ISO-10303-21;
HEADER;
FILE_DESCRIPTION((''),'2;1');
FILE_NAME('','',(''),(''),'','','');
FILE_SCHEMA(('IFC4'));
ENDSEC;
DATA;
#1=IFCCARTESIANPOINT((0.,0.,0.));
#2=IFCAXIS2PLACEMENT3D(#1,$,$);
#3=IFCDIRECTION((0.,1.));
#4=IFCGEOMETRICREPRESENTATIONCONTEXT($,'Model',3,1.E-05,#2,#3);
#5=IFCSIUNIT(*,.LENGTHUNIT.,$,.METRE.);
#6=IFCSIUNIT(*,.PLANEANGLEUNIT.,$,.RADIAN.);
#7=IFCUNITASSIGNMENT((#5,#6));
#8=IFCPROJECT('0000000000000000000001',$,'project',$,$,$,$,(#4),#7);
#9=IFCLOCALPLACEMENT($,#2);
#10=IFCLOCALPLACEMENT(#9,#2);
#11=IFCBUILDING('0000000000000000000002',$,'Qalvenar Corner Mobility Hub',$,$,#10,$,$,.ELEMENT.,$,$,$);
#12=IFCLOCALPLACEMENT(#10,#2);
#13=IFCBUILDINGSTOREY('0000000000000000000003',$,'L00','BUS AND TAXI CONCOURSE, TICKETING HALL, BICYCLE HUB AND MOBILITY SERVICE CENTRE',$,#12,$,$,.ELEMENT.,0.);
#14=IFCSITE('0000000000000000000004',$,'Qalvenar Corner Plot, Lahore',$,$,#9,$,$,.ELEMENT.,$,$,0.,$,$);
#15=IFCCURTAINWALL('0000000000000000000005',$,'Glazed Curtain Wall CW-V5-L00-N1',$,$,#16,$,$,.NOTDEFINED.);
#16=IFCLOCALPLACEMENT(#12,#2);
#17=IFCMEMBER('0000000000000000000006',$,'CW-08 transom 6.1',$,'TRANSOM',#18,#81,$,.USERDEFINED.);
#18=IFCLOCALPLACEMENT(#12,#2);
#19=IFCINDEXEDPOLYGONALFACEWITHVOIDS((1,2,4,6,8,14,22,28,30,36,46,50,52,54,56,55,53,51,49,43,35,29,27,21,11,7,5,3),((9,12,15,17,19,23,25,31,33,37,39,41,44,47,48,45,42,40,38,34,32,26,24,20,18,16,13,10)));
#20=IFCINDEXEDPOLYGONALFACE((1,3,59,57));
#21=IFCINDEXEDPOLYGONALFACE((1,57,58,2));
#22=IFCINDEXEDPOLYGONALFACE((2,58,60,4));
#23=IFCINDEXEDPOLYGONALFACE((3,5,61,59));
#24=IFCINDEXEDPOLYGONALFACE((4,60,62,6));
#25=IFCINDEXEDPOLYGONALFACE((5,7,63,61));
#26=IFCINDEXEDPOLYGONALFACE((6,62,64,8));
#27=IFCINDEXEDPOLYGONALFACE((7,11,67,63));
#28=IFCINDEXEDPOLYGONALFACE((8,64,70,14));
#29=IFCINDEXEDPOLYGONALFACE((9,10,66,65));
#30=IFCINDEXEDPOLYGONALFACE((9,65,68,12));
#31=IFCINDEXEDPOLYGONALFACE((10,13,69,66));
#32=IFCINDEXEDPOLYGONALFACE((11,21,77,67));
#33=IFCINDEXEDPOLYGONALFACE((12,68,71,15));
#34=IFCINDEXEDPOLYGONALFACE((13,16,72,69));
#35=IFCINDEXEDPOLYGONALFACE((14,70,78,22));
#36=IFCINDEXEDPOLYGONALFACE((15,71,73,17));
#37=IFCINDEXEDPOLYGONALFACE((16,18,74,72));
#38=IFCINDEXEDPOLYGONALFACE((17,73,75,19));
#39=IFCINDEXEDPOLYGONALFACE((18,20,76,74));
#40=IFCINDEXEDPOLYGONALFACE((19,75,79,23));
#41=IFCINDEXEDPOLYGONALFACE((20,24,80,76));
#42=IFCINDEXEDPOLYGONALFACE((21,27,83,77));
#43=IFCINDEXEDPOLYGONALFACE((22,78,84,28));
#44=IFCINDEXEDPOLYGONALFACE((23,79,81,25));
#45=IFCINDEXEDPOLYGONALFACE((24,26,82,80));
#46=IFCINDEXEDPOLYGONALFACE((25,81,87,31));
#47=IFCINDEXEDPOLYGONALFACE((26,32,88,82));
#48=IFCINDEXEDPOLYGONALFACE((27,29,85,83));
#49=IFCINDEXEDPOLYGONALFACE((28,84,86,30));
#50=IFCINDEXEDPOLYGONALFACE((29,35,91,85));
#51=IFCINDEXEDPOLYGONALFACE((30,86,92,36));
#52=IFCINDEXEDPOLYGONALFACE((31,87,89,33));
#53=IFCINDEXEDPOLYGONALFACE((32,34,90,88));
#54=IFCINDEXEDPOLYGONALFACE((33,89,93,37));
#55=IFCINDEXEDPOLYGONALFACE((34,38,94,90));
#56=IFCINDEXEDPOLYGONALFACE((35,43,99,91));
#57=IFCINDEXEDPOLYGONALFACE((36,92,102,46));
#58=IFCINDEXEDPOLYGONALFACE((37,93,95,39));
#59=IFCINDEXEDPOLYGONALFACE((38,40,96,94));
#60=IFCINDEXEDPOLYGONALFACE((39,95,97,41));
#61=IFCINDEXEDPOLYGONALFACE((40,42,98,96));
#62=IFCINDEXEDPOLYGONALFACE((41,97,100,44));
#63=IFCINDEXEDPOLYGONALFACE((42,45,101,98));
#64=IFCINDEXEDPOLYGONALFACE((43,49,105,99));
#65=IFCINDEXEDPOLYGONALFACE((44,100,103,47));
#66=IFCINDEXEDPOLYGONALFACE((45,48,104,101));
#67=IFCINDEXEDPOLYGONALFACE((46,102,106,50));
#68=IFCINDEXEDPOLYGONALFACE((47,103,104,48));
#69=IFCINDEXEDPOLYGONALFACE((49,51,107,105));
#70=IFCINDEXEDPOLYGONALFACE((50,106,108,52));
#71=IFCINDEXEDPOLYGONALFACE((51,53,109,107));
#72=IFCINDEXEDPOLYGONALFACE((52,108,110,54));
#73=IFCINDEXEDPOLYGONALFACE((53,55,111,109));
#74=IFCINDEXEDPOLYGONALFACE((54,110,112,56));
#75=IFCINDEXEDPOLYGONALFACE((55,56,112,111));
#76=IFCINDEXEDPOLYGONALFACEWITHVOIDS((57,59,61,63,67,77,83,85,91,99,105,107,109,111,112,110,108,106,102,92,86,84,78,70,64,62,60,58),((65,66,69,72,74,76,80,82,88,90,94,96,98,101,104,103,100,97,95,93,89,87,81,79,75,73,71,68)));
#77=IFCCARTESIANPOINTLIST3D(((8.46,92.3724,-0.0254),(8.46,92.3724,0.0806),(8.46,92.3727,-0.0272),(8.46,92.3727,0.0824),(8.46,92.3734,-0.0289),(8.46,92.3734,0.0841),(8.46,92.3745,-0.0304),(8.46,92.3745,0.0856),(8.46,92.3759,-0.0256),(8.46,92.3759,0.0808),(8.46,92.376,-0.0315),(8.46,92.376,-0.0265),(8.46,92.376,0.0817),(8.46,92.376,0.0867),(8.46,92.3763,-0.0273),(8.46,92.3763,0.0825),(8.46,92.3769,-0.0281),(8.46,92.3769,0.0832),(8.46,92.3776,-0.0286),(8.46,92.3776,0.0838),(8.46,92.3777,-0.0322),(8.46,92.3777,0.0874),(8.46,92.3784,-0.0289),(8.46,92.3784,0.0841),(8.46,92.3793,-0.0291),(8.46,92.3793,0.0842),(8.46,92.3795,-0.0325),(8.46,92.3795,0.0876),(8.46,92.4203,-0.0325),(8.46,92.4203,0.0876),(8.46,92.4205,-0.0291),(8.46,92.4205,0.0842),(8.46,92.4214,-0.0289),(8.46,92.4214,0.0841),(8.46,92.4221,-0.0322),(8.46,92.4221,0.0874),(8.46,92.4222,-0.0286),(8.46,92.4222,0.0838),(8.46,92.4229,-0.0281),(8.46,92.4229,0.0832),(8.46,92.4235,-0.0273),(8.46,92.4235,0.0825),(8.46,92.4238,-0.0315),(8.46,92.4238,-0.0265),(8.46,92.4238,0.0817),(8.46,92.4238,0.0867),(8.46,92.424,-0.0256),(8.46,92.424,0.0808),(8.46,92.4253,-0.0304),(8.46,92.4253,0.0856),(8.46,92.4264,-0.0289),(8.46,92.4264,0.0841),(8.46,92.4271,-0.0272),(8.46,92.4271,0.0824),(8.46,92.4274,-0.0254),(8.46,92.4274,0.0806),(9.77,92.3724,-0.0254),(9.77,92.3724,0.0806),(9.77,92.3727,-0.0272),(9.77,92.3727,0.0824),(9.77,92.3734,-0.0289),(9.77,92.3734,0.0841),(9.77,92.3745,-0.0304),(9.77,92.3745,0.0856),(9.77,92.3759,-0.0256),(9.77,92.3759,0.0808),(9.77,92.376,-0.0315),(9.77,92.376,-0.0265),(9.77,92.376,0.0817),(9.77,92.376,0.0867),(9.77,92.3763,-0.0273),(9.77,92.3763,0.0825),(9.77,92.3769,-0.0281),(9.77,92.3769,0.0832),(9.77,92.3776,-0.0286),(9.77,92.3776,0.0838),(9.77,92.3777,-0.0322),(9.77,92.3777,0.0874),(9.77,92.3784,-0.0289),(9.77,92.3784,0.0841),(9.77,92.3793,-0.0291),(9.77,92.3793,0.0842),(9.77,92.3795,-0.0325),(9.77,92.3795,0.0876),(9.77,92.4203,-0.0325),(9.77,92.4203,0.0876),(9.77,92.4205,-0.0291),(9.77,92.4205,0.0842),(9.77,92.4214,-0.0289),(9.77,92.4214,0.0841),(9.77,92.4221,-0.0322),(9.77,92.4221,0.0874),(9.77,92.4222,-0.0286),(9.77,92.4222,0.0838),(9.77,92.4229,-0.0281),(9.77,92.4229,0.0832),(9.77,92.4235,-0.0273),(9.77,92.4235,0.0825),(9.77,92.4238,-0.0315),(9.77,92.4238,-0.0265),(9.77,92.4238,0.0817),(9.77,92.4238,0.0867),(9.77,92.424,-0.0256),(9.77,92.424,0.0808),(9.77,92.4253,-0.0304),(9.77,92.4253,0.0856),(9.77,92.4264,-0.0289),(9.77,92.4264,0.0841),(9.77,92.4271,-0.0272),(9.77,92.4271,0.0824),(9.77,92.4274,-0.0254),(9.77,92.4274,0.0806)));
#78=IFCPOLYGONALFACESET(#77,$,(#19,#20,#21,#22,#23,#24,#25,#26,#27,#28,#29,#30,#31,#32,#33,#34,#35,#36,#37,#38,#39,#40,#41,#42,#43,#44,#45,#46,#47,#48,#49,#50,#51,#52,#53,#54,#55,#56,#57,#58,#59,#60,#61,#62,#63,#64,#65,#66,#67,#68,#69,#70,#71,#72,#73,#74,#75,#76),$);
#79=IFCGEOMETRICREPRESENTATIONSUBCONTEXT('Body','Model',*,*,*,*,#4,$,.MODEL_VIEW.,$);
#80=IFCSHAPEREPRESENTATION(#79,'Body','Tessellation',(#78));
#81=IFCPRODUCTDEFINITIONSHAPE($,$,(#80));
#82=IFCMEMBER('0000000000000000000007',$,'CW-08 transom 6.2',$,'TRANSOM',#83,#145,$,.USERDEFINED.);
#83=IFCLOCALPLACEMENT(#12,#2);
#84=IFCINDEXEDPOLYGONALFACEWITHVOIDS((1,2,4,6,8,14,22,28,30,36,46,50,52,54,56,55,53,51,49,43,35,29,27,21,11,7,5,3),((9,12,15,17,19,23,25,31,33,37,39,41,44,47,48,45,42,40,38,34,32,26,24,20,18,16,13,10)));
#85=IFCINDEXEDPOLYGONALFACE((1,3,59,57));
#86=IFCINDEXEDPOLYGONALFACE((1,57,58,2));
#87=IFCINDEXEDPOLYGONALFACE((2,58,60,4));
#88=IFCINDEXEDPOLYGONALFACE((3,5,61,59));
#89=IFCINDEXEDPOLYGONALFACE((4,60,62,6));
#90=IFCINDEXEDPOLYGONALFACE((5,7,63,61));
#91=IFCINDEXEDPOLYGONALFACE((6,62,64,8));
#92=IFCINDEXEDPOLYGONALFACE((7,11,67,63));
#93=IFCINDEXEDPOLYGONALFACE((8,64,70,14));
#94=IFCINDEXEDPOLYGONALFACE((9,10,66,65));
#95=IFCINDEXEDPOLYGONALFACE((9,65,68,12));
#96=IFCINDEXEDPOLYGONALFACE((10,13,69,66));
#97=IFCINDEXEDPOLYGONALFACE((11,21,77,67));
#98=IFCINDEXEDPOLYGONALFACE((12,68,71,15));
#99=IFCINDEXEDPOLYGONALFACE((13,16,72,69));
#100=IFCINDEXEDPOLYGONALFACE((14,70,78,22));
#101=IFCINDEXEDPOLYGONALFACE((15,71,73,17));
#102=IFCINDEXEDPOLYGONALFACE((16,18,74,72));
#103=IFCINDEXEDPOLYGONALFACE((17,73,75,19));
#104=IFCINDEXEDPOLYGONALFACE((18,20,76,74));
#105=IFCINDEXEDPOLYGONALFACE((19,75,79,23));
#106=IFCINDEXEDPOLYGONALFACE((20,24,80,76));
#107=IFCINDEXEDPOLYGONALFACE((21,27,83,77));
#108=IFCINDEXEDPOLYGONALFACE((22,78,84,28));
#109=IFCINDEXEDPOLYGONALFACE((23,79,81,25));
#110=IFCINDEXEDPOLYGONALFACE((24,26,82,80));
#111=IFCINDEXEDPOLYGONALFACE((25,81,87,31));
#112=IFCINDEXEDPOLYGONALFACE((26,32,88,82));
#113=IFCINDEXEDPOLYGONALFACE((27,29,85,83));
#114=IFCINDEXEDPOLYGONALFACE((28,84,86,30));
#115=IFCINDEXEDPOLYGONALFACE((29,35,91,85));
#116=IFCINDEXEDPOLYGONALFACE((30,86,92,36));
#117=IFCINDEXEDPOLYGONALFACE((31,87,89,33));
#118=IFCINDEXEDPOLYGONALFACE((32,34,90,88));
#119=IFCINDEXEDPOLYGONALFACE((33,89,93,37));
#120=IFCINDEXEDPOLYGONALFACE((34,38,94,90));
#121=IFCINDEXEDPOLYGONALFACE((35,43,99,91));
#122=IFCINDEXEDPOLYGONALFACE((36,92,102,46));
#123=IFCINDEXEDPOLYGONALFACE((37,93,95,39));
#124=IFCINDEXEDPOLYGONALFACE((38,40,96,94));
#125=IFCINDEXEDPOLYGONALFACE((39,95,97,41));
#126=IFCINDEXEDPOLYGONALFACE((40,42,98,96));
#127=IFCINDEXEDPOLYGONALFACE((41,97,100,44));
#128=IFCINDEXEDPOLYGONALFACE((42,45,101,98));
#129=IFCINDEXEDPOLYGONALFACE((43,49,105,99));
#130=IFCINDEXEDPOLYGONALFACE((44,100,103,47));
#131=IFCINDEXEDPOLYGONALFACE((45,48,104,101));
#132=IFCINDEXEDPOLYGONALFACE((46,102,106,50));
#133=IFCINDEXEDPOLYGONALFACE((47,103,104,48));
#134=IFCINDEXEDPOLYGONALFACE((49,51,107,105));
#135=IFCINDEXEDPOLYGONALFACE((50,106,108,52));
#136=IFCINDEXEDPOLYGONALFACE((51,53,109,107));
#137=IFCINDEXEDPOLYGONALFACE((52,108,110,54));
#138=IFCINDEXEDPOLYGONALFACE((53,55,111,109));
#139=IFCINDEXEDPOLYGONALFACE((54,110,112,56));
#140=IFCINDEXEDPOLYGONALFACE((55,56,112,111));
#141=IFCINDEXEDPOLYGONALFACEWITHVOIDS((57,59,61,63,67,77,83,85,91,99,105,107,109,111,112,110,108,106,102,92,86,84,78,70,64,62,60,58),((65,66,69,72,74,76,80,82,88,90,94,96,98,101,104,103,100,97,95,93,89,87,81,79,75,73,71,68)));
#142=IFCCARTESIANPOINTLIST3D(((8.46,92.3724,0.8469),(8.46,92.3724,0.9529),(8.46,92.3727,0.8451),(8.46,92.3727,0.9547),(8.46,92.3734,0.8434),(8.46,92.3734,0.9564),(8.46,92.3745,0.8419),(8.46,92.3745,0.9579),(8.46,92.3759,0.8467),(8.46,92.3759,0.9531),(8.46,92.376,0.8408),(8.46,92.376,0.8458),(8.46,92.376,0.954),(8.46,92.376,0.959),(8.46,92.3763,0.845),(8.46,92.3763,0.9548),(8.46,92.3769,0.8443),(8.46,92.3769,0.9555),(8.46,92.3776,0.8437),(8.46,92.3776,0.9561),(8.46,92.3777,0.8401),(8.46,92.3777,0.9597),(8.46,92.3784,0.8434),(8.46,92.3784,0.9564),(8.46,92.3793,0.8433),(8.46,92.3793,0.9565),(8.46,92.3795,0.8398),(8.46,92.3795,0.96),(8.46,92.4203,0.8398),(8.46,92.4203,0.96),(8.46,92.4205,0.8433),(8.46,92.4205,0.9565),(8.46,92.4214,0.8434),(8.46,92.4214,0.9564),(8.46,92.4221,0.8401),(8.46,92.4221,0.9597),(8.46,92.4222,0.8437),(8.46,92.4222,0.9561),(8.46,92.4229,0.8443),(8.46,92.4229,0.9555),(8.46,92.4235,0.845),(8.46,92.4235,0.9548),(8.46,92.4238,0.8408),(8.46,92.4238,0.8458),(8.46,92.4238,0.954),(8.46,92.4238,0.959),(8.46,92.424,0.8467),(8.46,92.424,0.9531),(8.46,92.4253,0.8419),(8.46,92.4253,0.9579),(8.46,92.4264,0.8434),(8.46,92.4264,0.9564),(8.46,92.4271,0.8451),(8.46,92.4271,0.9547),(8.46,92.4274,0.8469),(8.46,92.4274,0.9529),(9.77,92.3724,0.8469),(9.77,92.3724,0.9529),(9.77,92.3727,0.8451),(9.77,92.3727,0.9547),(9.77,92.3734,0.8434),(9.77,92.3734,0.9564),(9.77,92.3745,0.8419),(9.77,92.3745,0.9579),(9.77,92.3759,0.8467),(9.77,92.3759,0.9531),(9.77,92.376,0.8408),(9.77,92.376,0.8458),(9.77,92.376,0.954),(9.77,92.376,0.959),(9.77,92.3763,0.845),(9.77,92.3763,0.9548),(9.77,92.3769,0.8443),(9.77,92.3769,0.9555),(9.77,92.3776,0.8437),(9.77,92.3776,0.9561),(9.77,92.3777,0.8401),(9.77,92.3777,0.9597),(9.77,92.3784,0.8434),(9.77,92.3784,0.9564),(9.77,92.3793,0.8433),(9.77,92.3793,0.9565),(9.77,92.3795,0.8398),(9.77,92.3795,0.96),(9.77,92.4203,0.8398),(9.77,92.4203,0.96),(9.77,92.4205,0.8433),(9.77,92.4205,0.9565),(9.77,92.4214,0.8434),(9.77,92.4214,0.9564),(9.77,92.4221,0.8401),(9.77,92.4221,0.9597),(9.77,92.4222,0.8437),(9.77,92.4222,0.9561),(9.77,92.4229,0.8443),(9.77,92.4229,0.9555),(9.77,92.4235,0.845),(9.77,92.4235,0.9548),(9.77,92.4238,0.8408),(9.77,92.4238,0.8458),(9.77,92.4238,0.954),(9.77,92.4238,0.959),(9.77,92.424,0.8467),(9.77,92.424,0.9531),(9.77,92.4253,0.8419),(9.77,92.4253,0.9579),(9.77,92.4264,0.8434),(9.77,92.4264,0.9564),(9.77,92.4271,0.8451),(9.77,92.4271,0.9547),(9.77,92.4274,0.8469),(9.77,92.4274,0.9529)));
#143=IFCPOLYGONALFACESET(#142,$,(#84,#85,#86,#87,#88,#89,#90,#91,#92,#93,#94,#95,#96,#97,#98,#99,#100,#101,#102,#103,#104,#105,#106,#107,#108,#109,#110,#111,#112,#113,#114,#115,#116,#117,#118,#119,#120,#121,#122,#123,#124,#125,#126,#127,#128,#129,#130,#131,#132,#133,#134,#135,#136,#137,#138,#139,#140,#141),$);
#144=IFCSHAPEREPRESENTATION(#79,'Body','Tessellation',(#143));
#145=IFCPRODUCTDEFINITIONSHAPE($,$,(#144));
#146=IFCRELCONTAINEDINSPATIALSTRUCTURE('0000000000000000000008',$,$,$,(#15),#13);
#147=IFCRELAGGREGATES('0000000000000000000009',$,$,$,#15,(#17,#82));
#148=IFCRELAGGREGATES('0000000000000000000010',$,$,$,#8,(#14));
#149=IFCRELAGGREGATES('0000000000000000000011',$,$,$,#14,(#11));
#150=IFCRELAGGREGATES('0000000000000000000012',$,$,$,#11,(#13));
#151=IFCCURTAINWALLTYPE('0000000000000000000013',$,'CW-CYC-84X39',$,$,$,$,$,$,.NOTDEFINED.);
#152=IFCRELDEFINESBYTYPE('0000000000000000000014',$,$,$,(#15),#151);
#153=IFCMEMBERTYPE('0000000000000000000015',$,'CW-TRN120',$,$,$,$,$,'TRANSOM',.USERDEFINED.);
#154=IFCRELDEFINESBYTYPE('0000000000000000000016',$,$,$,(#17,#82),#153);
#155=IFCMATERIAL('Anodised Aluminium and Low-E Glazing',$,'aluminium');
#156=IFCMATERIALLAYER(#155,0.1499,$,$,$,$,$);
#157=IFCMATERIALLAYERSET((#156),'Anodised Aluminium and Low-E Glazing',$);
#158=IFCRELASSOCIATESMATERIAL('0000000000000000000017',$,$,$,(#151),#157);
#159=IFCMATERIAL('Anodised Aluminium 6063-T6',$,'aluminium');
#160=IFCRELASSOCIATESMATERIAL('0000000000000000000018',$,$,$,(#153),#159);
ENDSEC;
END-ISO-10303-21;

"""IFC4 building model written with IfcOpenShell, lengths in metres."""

from ifc_helpers import new_model, si_unit, direction, frame, origin, origin_2d, place, context, subcontext, project, spatial, hollow_rectangle, extrude, material, layer, layer_set, material_profile, profile_set, type_object, element, aggregate, save


model = new_model("IFC4")

# Units and contexts
model_context = context("Model", 3, precision=1e-05, world=origin(), true_north=direction((0.0, 1.0)))
body_context = subcontext(model_context, "Body", "Model", "MODEL_VIEW")
ifc_project = project(units=[si_unit("LENGTHUNIT", "METRE"), si_unit("PLANEANGLEUNIT", "RADIAN")], contexts=[model_context])

# Site, building, storey
site_placement = place(None, origin())
site = spatial("IfcSite", under=ifc_project, at=site_placement, Name="Qalvenar Corner Plot, Lahore", CompositionType="ELEMENT", RefElevation=0.0)
building_placement = place(site_placement, origin())
building = spatial("IfcBuilding", under=site, at=building_placement, Name="Qalvenar Corner Mobility Hub", CompositionType="ELEMENT")
storey_placement = place(building_placement, origin())
storey = spatial("IfcBuildingStorey", under=building, at=storey_placement, Name="L00", Description="BUS AND TAXI CONCOURSE, TICKETING HALL, BICYCLE HUB AND MOBILITY SERVICE CENTRE", CompositionType="ELEMENT", Elevation=0.0)

# Shared definitions
ifc_material_1 = material(Name="Anodised Aluminium and Low-E Glazing", Category="aluminium")
ifc_layer_1 = layer(ifc_material_1, 0.1499)
ifc_layer_set_1 = layer_set([ifc_layer_1], Name="Anodised Aluminium and Low-E Glazing")
curtain_wall_type = type_object("IfcCurtainWallType", Name="CW-CYC-84X39", PredefinedType="NOTDEFINED", material=ifc_layer_set_1)
ifc_material_2 = material(Name="Anodised Aluminium 6063-T6", Category="aluminium")

# Curtain wall
curtain_wall_1_placement = place(storey_placement, origin())
curtain_wall_1 = element("IfcCurtainWall", 1, at=curtain_wall_1_placement, inside=storey, type_object=curtain_wall_type, Name="Glazed Curtain Wall CW-V5-L00-N1", PredefinedType="NOTDEFINED")

# Members
ifc_material_profile_1 = material_profile(ifc_material_2, hollow_rectangle(XDim=0.0549, YDim=0.1201, WallThickness=0.0034, InnerFilletRadius=0.0034, OuterFilletRadius=0.0071, at=origin_2d()), Name="RHS120x55x3.5")
ifc_profile_set_1 = profile_set([ifc_material_profile_1], Name="Anodised Aluminium 6063-T6")
member_type_1 = type_object("IfcMemberType", Name="CW-TRN120", ElementType="TRANSOM", PredefinedType="USERDEFINED", material=ifc_profile_set_1)
member_1_placement = place(storey_placement, frame((9.77, 92.3999, 0.0276), z_axis=(-1.0, 0.0, 0.0), x_axis=(0.0, -1.0, 0.0)))
member_1 = element("IfcMember", 2, at=member_1_placement, type_object=member_type_1, Name="CW-08 transom 6.1", ObjectType="TRANSOM", PredefinedType="USERDEFINED", context=body_context, shape_type="SweptSolid", body=[
    extrude(hollow_rectangle(XDim=0.0549, YDim=0.1201, WallThickness=0.0034, InnerFilletRadius=0.0034, OuterFilletRadius=0.0071, at=origin_2d()), origin(), (0.0, 0.0, 1.0), 1.3101),
])
member_2_placement = place(storey_placement, frame((9.77, 92.3999, 0.8999), z_axis=(-1.0, 0.0, 0.0), x_axis=(0.0, -1.0, 0.0)))
member_2 = element("IfcMember", 3, at=member_2_placement, type_object=member_type_1, Name="CW-08 transom 6.2", ObjectType="TRANSOM", PredefinedType="USERDEFINED", context=body_context, shape_type="SweptSolid", body=[
    extrude(hollow_rectangle(XDim=0.0549, YDim=0.1201, WallThickness=0.0034, InnerFilletRadius=0.0034, OuterFilletRadius=0.0071, at=origin_2d()), origin(), (0.0, 0.0, 1.0), 1.3101),
])

aggregate(curtain_wall_1, [member_1, member_2])

save(model, "model.ifc")
